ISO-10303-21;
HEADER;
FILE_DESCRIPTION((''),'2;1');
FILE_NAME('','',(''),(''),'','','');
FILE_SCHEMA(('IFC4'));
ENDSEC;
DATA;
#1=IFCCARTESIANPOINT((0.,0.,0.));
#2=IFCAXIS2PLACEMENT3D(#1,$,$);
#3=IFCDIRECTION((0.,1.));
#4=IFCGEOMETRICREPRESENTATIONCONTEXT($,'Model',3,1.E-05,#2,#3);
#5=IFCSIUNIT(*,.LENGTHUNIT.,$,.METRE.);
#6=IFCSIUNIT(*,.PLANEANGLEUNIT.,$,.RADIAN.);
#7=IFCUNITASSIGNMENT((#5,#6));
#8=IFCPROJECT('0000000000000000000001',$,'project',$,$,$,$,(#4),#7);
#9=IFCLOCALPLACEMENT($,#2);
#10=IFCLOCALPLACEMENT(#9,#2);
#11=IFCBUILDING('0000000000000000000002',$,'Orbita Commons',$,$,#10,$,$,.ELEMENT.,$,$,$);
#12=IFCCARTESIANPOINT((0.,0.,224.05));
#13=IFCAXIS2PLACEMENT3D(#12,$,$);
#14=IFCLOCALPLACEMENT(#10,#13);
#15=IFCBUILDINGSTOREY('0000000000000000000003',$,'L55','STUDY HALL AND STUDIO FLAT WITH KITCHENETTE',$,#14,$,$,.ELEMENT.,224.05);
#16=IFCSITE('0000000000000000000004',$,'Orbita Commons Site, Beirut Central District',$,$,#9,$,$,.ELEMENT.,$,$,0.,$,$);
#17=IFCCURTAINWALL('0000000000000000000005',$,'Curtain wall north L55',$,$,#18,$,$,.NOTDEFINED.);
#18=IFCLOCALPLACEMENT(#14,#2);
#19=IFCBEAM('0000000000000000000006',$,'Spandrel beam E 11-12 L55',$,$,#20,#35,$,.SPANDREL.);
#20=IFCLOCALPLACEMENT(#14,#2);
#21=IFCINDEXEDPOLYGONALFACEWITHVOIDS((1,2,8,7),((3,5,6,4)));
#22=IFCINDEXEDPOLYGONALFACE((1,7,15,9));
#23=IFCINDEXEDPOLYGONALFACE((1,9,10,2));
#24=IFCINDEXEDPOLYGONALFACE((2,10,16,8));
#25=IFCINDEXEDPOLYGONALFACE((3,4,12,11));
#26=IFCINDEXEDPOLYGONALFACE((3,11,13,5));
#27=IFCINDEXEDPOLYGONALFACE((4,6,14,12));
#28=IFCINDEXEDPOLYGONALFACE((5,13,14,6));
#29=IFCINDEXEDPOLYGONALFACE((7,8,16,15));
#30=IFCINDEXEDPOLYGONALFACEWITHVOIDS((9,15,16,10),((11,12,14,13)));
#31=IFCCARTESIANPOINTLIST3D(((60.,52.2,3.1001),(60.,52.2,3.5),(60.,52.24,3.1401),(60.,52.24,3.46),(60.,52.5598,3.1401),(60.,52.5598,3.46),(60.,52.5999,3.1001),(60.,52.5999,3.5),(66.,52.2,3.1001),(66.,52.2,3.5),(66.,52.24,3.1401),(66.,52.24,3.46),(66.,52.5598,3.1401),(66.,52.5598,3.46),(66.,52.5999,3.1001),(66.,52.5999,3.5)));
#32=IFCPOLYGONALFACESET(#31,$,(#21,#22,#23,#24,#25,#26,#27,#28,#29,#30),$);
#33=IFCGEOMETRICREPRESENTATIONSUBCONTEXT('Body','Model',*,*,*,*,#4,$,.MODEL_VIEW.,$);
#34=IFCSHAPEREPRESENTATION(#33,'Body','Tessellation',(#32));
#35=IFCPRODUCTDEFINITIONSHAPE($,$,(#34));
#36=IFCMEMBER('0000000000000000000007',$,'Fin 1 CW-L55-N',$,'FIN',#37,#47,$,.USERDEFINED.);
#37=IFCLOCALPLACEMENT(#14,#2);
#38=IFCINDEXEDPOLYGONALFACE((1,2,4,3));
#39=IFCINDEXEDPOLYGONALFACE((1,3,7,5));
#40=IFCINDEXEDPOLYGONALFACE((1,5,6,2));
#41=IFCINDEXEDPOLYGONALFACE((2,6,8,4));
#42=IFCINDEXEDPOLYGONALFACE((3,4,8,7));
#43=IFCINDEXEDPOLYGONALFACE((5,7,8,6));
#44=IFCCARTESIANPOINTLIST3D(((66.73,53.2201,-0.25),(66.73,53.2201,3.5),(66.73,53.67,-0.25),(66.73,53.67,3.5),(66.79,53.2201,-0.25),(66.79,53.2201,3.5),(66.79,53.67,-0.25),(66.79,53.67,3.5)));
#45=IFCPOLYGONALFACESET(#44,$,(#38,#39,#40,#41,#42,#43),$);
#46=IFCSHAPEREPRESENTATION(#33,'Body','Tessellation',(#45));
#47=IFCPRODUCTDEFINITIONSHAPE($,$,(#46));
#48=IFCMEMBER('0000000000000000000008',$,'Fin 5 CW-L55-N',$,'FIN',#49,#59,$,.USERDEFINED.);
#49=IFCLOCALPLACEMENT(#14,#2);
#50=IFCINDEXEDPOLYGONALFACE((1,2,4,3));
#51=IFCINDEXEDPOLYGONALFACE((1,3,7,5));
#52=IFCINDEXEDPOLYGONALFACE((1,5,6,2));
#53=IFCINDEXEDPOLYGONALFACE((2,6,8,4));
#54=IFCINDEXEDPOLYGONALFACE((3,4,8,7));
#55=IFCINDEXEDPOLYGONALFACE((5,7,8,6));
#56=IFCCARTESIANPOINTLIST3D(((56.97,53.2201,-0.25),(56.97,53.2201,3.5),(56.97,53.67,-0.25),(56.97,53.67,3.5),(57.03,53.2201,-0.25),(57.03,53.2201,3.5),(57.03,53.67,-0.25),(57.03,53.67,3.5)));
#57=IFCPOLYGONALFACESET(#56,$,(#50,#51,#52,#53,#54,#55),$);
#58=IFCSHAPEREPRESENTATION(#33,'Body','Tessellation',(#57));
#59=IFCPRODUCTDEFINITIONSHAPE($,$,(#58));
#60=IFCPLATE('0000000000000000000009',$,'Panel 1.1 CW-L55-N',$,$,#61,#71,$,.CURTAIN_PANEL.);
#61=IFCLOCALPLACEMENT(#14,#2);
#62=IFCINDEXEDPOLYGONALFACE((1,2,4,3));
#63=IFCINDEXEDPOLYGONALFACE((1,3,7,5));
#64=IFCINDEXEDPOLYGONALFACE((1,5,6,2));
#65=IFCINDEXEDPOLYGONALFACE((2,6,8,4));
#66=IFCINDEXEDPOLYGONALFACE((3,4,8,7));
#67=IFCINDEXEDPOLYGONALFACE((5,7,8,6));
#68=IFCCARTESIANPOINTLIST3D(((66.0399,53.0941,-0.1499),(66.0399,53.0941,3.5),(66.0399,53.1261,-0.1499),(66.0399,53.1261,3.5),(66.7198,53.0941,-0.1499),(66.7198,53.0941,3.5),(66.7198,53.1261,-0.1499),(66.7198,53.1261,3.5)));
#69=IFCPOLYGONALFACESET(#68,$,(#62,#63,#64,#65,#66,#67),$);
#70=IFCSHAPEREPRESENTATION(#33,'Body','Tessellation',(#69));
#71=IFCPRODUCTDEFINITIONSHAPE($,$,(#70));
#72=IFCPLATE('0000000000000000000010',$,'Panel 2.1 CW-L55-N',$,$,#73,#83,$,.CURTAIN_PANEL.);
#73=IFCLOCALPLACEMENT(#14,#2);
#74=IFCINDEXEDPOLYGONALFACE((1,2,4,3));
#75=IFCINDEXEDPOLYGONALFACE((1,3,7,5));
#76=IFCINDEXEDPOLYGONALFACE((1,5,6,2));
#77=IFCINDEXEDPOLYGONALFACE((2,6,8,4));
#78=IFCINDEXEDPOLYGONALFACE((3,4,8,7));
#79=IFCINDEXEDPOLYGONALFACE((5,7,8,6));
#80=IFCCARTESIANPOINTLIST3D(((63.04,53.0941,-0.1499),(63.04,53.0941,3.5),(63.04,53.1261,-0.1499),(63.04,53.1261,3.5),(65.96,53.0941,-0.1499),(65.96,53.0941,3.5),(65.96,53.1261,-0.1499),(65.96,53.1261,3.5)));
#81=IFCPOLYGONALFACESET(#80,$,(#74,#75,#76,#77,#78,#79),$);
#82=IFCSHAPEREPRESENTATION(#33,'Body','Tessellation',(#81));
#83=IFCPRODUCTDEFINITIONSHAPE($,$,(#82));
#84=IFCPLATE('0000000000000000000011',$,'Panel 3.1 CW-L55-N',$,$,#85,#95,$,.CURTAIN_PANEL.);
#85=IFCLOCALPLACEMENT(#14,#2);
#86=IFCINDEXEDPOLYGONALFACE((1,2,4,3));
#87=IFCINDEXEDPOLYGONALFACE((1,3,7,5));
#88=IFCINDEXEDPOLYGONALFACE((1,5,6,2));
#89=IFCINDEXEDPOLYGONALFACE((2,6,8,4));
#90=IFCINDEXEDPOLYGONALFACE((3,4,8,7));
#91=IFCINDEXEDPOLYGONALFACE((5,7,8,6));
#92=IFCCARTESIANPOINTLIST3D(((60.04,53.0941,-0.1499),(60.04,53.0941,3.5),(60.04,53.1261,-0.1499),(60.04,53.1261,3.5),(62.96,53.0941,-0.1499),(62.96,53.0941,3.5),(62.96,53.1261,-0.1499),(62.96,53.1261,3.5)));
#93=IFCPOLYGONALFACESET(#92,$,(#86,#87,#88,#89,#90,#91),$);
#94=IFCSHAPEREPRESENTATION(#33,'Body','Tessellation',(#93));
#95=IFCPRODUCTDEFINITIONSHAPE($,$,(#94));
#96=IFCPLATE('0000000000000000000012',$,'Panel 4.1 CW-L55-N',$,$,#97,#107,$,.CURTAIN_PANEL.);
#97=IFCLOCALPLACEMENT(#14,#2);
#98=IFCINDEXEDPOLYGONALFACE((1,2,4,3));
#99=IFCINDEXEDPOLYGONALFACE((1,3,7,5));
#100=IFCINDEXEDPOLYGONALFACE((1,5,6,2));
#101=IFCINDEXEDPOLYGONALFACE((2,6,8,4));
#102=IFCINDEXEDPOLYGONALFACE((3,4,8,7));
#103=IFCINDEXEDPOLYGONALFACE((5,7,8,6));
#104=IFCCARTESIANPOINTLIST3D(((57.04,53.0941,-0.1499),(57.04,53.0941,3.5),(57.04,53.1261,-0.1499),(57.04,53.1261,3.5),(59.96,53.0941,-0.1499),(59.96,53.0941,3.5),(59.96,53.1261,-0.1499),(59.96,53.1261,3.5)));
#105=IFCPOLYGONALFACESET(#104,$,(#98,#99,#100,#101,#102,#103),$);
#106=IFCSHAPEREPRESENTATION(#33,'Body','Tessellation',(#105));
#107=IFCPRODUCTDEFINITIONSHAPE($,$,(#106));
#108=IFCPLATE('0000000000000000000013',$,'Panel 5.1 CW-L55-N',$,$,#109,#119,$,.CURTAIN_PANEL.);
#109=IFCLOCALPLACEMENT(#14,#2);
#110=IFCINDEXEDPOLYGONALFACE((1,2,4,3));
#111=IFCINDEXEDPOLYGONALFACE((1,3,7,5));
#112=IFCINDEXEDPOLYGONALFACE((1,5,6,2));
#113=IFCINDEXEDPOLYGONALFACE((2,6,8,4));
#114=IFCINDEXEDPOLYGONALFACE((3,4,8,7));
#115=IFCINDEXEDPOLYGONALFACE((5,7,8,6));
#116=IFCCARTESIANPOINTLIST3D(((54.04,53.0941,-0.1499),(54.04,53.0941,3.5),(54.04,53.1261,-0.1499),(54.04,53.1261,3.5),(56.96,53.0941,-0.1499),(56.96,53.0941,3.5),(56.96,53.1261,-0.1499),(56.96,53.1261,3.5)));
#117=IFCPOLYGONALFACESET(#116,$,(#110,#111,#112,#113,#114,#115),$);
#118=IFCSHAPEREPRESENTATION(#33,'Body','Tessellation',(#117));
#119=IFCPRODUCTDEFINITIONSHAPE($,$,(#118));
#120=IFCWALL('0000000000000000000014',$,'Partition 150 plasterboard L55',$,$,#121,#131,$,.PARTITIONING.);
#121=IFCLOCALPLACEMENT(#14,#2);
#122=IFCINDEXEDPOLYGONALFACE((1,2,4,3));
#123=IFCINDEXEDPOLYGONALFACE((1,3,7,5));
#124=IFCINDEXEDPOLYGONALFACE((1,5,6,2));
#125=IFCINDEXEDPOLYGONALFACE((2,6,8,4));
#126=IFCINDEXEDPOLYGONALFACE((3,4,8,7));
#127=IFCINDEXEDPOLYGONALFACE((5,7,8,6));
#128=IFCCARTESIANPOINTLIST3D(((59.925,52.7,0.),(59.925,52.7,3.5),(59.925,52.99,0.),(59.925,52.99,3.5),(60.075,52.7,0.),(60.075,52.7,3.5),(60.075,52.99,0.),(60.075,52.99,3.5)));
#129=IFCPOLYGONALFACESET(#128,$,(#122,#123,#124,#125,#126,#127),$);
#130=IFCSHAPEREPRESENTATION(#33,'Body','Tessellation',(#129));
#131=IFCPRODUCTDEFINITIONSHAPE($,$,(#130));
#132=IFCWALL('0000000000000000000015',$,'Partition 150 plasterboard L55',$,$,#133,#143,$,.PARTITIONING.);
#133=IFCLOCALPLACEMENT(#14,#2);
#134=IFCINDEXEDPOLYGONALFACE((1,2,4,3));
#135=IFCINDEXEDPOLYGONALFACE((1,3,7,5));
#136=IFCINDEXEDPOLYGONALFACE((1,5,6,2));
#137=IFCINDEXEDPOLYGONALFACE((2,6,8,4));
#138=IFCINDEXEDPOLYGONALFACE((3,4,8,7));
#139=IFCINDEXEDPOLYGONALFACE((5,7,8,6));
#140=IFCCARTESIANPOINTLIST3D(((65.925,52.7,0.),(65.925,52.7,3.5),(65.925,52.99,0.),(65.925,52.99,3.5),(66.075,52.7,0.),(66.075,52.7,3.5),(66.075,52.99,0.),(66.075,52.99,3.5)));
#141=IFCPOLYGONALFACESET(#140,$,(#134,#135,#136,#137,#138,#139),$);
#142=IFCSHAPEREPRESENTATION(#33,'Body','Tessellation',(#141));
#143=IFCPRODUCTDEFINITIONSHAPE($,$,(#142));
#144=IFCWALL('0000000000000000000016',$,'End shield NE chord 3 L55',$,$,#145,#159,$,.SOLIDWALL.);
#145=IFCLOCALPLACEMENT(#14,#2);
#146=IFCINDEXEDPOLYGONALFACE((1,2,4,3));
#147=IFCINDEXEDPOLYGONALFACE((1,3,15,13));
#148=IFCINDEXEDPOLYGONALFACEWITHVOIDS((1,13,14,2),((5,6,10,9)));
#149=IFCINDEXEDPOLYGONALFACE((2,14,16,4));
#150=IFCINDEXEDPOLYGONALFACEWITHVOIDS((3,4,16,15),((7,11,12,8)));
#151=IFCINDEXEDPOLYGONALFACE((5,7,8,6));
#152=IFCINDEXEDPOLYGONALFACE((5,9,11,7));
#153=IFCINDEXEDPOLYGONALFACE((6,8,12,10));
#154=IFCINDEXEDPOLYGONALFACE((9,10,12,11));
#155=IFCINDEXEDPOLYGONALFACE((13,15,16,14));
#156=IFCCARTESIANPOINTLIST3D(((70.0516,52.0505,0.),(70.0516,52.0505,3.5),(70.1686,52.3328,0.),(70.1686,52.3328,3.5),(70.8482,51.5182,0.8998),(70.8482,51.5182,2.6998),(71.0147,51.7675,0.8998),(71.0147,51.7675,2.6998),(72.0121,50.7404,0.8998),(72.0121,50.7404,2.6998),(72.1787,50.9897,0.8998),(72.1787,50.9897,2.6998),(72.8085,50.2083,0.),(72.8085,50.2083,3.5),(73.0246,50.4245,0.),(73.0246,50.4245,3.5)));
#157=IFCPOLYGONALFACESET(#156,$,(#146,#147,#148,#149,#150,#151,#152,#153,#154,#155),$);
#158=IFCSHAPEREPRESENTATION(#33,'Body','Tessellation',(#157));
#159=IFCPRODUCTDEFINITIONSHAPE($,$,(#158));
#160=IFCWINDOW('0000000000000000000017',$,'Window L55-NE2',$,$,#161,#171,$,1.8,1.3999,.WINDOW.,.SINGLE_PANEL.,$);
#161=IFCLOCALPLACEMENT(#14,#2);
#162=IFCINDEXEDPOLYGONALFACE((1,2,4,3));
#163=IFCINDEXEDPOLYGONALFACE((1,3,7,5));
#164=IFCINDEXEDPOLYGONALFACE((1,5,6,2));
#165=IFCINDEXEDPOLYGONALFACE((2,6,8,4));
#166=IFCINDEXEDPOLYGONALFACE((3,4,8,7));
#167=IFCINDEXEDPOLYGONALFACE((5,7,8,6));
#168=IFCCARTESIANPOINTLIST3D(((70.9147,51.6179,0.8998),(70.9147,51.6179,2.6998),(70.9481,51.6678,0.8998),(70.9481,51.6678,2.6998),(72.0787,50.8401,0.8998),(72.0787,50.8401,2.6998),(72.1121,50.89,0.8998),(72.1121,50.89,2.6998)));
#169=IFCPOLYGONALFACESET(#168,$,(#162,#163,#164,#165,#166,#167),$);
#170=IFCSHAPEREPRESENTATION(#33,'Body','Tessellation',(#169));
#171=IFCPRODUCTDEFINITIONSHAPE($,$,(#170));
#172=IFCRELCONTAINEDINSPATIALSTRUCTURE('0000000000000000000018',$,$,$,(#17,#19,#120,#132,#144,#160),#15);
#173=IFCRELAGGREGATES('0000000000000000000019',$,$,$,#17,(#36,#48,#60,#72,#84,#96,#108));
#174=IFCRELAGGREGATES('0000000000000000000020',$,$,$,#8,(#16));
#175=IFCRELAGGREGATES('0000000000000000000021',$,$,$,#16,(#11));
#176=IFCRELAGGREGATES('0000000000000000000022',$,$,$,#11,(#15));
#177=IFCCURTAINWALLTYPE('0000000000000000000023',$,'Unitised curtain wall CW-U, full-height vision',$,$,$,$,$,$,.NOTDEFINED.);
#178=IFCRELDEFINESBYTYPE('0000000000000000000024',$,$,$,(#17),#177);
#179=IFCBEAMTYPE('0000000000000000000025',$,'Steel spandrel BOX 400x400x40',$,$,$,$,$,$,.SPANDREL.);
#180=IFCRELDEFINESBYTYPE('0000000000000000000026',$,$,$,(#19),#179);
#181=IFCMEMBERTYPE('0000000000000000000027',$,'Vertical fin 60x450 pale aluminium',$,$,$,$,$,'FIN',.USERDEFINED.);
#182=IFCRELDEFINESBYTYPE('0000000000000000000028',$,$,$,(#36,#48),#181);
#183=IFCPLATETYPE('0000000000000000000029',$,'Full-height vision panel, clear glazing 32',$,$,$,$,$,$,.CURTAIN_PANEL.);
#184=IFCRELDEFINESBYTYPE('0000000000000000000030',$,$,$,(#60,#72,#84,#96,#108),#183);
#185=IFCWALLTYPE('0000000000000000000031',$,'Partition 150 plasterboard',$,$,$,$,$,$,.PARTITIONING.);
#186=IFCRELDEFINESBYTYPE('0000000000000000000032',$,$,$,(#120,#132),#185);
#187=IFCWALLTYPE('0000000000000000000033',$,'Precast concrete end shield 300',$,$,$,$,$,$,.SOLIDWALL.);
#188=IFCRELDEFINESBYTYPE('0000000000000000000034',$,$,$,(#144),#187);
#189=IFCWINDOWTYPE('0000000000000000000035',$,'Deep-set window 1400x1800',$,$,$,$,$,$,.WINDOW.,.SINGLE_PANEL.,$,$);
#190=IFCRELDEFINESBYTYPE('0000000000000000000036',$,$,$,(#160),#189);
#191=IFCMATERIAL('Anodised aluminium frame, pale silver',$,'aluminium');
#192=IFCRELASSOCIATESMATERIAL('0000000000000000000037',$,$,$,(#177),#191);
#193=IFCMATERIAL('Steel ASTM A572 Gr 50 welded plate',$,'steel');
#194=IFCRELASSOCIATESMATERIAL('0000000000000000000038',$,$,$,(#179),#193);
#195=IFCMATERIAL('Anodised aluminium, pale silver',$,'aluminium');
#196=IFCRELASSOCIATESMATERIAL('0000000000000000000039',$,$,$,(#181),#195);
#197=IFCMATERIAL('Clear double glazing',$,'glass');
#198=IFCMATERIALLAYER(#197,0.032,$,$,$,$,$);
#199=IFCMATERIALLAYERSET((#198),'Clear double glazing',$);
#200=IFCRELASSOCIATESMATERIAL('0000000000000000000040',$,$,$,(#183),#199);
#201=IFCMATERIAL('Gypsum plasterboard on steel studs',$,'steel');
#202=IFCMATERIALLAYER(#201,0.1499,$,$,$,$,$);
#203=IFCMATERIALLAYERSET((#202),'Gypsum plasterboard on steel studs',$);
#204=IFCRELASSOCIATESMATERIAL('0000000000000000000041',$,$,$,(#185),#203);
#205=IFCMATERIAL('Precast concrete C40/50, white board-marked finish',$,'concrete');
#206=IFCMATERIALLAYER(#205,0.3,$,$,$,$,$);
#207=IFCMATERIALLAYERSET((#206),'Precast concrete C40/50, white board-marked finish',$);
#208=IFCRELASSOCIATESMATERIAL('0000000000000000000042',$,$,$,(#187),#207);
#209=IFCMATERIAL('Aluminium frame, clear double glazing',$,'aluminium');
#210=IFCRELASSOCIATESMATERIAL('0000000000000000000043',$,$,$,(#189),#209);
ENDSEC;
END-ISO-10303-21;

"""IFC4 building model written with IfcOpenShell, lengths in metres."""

from ifc_helpers import new_model, si_unit, direction, frame, frame_2d, origin, origin_2d, place, context, subcontext, project, spatial, polyline, rectangle, hollow_rectangle, outline, extrude, material, layer, layer_set, material_profile, profile_set, type_object, element, fill, aggregate, save


model = new_model("IFC4")

# Units and contexts
model_context = context("Model", 3, precision=1e-05, world=origin(), true_north=direction((0.0, 1.0)))
body_context = subcontext(model_context, "Body", "Model", "MODEL_VIEW")
ifc_project = project(units=[si_unit("LENGTHUNIT", "METRE"), si_unit("PLANEANGLEUNIT", "RADIAN")], contexts=[model_context])

# Site, building, storey
site_placement = place(None, origin())
site = spatial("IfcSite", under=ifc_project, at=site_placement, Name="Orbita Commons Site, Beirut Central District", CompositionType="ELEMENT", RefElevation=0.0)
building_placement = place(site_placement, origin())
building = spatial("IfcBuilding", under=site, at=building_placement, Name="Orbita Commons", CompositionType="ELEMENT")
storey_placement = place(building_placement, frame((0.0, 0.0, 224.05)))
storey = spatial("IfcBuildingStorey", under=building, at=storey_placement, Name="L55", Description="STUDY HALL AND STUDIO FLAT WITH KITCHENETTE", CompositionType="ELEMENT", Elevation=224.05)

# Curtain wall
ifc_material_1 = material(Name="Anodised aluminium frame, pale silver", Category="aluminium")
curtain_wall_type = type_object("IfcCurtainWallType", Name="Unitised curtain wall CW-U, full-height vision", PredefinedType="NOTDEFINED", material=ifc_material_1)
curtain_wall_placement = place(storey_placement, origin())
curtain_wall = element("IfcCurtainWall", 1, at=curtain_wall_placement, inside=storey, type_object=curtain_wall_type, Name="Curtain wall north L55", PredefinedType="NOTDEFINED")

# Beam
ifc_material_2 = material(Name="Steel ASTM A572 Gr 50 welded plate", Category="steel")
ifc_material_profile_1 = material_profile(ifc_material_2, hollow_rectangle(XDim=0.3999, YDim=0.3999, WallThickness=0.04, at=origin_2d()), Name="BOX 400x400x40")
ifc_profile_set_1 = profile_set([ifc_material_profile_1], Name="Steel ASTM A572 Gr 50 welded plate")
beam_type = type_object("IfcBeamType", Name="Steel spandrel BOX 400x400x40", PredefinedType="SPANDREL", material=ifc_profile_set_1)
beam_placement = place(storey_placement, frame((60.0, 52.3999, 3.3), z_axis=(1.0, 0.0, 0.0), x_axis=(0.0, 1.0, 0.0)))
element("IfcBeam", 2, at=beam_placement, inside=storey, type_object=beam_type, Name="Spandrel beam E 11-12 L55", PredefinedType="SPANDREL", context=body_context, shape_type="SweptSolid", body=[
    extrude(hollow_rectangle(XDim=0.3999, YDim=0.3999, WallThickness=0.04, at=origin_2d()), origin(), (0.0, 0.0, 1.0), 6.0),
])

# Members
ifc_material_3 = material(Name="Anodised aluminium, pale silver", Category="aluminium")
ifc_material_profile_2 = material_profile(ifc_material_3, rectangle(XDim=0.0601, YDim=0.45, at=origin_2d()), Name="FIN 60x450")
ifc_profile_set_2 = profile_set([ifc_material_profile_2], Name="Anodised aluminium, pale silver")
member_type_1 = type_object("IfcMemberType", Name="Vertical fin 60x450 pale aluminium", ElementType="FIN", PredefinedType="USERDEFINED", material=ifc_profile_set_2)
member_1_placement = place(storey_placement, frame((66.76, 53.4451, -0.25), z_axis=(0.0, 0.0, 1.0), x_axis=(-1.0, 0.0, 0.0)))
member_1 = element("IfcMember", 3, at=member_1_placement, type_object=member_type_1, Name="Fin 1 CW-L55-N", ObjectType="FIN", PredefinedType="USERDEFINED", context=body_context, shape_type="SweptSolid", body=[
    extrude(rectangle(XDim=0.0601, YDim=0.45, at=origin_2d()), origin(), (0.0, 0.0, 1.0), 3.75),
])
member_2_placement = place(storey_placement, frame((57.0, 53.4451, -0.25), z_axis=(0.0, 0.0, 1.0), x_axis=(-1.0, 0.0, 0.0)))
member_2 = element("IfcMember", 4, at=member_2_placement, type_object=member_type_1, Name="Fin 5 CW-L55-N", ObjectType="FIN", PredefinedType="USERDEFINED", context=body_context, shape_type="SweptSolid", body=[
    extrude(rectangle(XDim=0.0601, YDim=0.45, at=origin_2d()), origin(), (0.0, 0.0, 1.0), 3.75),
])

# Plates
ifc_material_4 = material(Name="Clear double glazing", Category="glass")
ifc_layer_1 = layer(ifc_material_4, 0.032)
ifc_layer_set_1 = layer_set([ifc_layer_1], Name="Clear double glazing")
plate_type = type_object("IfcPlateType", Name="Full-height vision panel, clear glazing 32", PredefinedType="CURTAIN_PANEL", material=ifc_layer_set_1)
plate_1_placement = place(storey_placement, frame((66.3799, 53.1101, -0.1499), z_axis=(0.0, 0.0, 1.0), x_axis=(-1.0, 0.0, 0.0)))
plate_1 = element("IfcPlate", 5, at=plate_1_placement, type_object=plate_type, Name="Panel 1.1 CW-L55-N", PredefinedType="CURTAIN_PANEL", context=body_context, shape_type="SweptSolid", body=[
    extrude(rectangle(XDim=0.6799, YDim=0.032, at=origin_2d()), origin(), (0.0, 0.0, 1.0), 3.6499),
])
plate_2_placement = place(storey_placement, frame((64.5, 53.1101, -0.1499), z_axis=(0.0, 0.0, 1.0), x_axis=(-1.0, 0.0, 0.0)))
plate_2 = element("IfcPlate", 6, at=plate_2_placement, type_object=plate_type, Name="Panel 2.1 CW-L55-N", PredefinedType="CURTAIN_PANEL", context=body_context, shape_type="SweptSolid", body=[
    extrude(rectangle(XDim=2.9199, YDim=0.032, at=origin_2d()), origin(), (0.0, 0.0, 1.0), 3.6499),
])
plate_3_placement = place(storey_placement, frame((61.5, 53.1101, -0.1499), z_axis=(0.0, 0.0, 1.0), x_axis=(-1.0, 0.0, 0.0)))
plate_3 = element("IfcPlate", 7, at=plate_3_placement, type_object=plate_type, Name="Panel 3.1 CW-L55-N", PredefinedType="CURTAIN_PANEL", context=body_context, shape_type="SweptSolid", body=[
    extrude(rectangle(XDim=2.9199, YDim=0.032, at=origin_2d()), origin(), (0.0, 0.0, 1.0), 3.6499),
])
plate_4_placement = place(storey_placement, frame((58.5, 53.1101, -0.1499), z_axis=(0.0, 0.0, 1.0), x_axis=(-1.0, 0.0, 0.0)))
plate_4 = element("IfcPlate", 8, at=plate_4_placement, type_object=plate_type, Name="Panel 4.1 CW-L55-N", PredefinedType="CURTAIN_PANEL", context=body_context, shape_type="SweptSolid", body=[
    extrude(rectangle(XDim=2.9199, YDim=0.032, at=origin_2d()), origin(), (0.0, 0.0, 1.0), 3.6499),
])
plate_5_placement = place(storey_placement, frame((55.5, 53.1101, -0.1499), z_axis=(0.0, 0.0, 1.0), x_axis=(-1.0, 0.0, 0.0)))
plate_5 = element("IfcPlate", 9, at=plate_5_placement, type_object=plate_type, Name="Panel 5.1 CW-L55-N", PredefinedType="CURTAIN_PANEL", context=body_context, shape_type="SweptSolid", body=[
    extrude(rectangle(XDim=2.9199, YDim=0.032, at=origin_2d()), origin(), (0.0, 0.0, 1.0), 3.6499),
])
aggregate(curtain_wall, [member_1, member_2, plate_1, plate_2, plate_3, plate_4, plate_5])

# Walls
ifc_material_5 = material(Name="Gypsum plasterboard on steel studs", Category="steel")
ifc_layer_2 = layer(ifc_material_5, 0.1499)
ifc_layer_set_2 = layer_set([ifc_layer_2], Name="Gypsum plasterboard on steel studs")
wall_type_1 = type_object("IfcWallType", Name="Partition 150 plasterboard", PredefinedType="PARTITIONING", material=ifc_layer_set_2)
for number, where, z_axis, x_axis, name in (
    (10, (60.0, 52.7, 0.0), (0.0, 0.0, 1.0), (0.0, 1.0, 0.0), "Partition 150 plasterboard L55"),
    (11, (66.0, 52.7, 0.0), (0.0, 0.0, 1.0), (0.0, 1.0, 0.0), "Partition 150 plasterboard L55"),
):
    element("IfcWall", number, at=place(storey_placement, frame(where, z_axis=z_axis, x_axis=x_axis)), inside=storey, type_object=wall_type_1, Name=name, PredefinedType="PARTITIONING", context=body_context, shape_type="SweptSolid", body=[
        extrude(rectangle(XDim=0.29, YDim=0.1499, at=frame_2d((0.145, 0.0))), origin(), (0.0, 0.0, 1.0), 3.5),
    ])

# Wall, opening, window
ifc_material_6 = material(Name="Precast concrete C40/50, white board-marked finish", Category="concrete")
ifc_layer_3 = layer(ifc_material_6, 0.3)
ifc_layer_set_3 = layer_set([ifc_layer_3], Name="Precast concrete C40/50, white board-marked finish")
wall_type_2 = type_object("IfcWallType", Name="Precast concrete end shield 300", PredefinedType="SOLIDWALL", material=ifc_layer_set_3)
wall_1_placement = place(storey_placement, frame((72.9165, 50.3164, 0.0), z_axis=(0.0, 0.0, 1.0), x_axis=(-0.83146, 0.555585, 0.0)))
wall_1 = element("IfcWall", 12, at=wall_1_placement, inside=storey, type_object=wall_type_2, Name="End shield NE chord 3 L55", PredefinedType="SOLIDWALL", context=body_context, shape_type="SweptSolid", body=[
    extrude(outline(polyline([(-0.0298, -0.1499), (3.405, -0.1499), (3.3455, 0.1499), (0.0298, 0.1499), (-0.0298, -0.1499)])), origin(), (0.0, 0.0, 1.0), 3.5),
])
opening_1_placement = place(wall_1_placement, frame((0.9875, 0.0, 0.8999)))
opening_1 = element("IfcOpeningElement", 13, at=opening_1_placement, cuts=wall_1, PredefinedType="OPENING", context=body_context, shape_type="SweptSolid", body=[
    extrude(rectangle(XDim=1.3999, YDim=1.8, at=frame_2d((0.7, 0.8999))), frame((0.0, 0.1599, 0.0), z_axis=(0.0, -1.0, 0.0), x_axis=(1.0, 0.0, 0.0)), (0.0, 0.0, 1.0), 0.3201),
])
ifc_material_7 = material(Name="Aluminium frame, clear double glazing", Category="aluminium")
window_type = type_object("IfcWindowType", Name="Deep-set window 1400x1800", PartitioningType="SINGLE_PANEL", PredefinedType="WINDOW", material=ifc_material_7)
window_1_placement = place(opening_1_placement, origin())
window_1 = element("IfcWindow", 14, at=window_1_placement, inside=storey, type_object=window_type, Name="Window L55-NE2", OverallHeight=1.8, OverallWidth=1.3999, PartitioningType="SINGLE_PANEL", PredefinedType="WINDOW", context=body_context, shape_type="SweptSolid", body=[
    extrude(rectangle(XDim=1.3999, YDim=1.8, at=frame_2d((0.7, 0.8999))), frame((0.0, 0.03, 0.0), z_axis=(0.0, -1.0, 0.0), x_axis=(1.0, 0.0, 0.0)), (0.0, 0.0, 1.0), 0.0601),
])
fill(opening_1, window_1)

save(model, "model.ifc")
